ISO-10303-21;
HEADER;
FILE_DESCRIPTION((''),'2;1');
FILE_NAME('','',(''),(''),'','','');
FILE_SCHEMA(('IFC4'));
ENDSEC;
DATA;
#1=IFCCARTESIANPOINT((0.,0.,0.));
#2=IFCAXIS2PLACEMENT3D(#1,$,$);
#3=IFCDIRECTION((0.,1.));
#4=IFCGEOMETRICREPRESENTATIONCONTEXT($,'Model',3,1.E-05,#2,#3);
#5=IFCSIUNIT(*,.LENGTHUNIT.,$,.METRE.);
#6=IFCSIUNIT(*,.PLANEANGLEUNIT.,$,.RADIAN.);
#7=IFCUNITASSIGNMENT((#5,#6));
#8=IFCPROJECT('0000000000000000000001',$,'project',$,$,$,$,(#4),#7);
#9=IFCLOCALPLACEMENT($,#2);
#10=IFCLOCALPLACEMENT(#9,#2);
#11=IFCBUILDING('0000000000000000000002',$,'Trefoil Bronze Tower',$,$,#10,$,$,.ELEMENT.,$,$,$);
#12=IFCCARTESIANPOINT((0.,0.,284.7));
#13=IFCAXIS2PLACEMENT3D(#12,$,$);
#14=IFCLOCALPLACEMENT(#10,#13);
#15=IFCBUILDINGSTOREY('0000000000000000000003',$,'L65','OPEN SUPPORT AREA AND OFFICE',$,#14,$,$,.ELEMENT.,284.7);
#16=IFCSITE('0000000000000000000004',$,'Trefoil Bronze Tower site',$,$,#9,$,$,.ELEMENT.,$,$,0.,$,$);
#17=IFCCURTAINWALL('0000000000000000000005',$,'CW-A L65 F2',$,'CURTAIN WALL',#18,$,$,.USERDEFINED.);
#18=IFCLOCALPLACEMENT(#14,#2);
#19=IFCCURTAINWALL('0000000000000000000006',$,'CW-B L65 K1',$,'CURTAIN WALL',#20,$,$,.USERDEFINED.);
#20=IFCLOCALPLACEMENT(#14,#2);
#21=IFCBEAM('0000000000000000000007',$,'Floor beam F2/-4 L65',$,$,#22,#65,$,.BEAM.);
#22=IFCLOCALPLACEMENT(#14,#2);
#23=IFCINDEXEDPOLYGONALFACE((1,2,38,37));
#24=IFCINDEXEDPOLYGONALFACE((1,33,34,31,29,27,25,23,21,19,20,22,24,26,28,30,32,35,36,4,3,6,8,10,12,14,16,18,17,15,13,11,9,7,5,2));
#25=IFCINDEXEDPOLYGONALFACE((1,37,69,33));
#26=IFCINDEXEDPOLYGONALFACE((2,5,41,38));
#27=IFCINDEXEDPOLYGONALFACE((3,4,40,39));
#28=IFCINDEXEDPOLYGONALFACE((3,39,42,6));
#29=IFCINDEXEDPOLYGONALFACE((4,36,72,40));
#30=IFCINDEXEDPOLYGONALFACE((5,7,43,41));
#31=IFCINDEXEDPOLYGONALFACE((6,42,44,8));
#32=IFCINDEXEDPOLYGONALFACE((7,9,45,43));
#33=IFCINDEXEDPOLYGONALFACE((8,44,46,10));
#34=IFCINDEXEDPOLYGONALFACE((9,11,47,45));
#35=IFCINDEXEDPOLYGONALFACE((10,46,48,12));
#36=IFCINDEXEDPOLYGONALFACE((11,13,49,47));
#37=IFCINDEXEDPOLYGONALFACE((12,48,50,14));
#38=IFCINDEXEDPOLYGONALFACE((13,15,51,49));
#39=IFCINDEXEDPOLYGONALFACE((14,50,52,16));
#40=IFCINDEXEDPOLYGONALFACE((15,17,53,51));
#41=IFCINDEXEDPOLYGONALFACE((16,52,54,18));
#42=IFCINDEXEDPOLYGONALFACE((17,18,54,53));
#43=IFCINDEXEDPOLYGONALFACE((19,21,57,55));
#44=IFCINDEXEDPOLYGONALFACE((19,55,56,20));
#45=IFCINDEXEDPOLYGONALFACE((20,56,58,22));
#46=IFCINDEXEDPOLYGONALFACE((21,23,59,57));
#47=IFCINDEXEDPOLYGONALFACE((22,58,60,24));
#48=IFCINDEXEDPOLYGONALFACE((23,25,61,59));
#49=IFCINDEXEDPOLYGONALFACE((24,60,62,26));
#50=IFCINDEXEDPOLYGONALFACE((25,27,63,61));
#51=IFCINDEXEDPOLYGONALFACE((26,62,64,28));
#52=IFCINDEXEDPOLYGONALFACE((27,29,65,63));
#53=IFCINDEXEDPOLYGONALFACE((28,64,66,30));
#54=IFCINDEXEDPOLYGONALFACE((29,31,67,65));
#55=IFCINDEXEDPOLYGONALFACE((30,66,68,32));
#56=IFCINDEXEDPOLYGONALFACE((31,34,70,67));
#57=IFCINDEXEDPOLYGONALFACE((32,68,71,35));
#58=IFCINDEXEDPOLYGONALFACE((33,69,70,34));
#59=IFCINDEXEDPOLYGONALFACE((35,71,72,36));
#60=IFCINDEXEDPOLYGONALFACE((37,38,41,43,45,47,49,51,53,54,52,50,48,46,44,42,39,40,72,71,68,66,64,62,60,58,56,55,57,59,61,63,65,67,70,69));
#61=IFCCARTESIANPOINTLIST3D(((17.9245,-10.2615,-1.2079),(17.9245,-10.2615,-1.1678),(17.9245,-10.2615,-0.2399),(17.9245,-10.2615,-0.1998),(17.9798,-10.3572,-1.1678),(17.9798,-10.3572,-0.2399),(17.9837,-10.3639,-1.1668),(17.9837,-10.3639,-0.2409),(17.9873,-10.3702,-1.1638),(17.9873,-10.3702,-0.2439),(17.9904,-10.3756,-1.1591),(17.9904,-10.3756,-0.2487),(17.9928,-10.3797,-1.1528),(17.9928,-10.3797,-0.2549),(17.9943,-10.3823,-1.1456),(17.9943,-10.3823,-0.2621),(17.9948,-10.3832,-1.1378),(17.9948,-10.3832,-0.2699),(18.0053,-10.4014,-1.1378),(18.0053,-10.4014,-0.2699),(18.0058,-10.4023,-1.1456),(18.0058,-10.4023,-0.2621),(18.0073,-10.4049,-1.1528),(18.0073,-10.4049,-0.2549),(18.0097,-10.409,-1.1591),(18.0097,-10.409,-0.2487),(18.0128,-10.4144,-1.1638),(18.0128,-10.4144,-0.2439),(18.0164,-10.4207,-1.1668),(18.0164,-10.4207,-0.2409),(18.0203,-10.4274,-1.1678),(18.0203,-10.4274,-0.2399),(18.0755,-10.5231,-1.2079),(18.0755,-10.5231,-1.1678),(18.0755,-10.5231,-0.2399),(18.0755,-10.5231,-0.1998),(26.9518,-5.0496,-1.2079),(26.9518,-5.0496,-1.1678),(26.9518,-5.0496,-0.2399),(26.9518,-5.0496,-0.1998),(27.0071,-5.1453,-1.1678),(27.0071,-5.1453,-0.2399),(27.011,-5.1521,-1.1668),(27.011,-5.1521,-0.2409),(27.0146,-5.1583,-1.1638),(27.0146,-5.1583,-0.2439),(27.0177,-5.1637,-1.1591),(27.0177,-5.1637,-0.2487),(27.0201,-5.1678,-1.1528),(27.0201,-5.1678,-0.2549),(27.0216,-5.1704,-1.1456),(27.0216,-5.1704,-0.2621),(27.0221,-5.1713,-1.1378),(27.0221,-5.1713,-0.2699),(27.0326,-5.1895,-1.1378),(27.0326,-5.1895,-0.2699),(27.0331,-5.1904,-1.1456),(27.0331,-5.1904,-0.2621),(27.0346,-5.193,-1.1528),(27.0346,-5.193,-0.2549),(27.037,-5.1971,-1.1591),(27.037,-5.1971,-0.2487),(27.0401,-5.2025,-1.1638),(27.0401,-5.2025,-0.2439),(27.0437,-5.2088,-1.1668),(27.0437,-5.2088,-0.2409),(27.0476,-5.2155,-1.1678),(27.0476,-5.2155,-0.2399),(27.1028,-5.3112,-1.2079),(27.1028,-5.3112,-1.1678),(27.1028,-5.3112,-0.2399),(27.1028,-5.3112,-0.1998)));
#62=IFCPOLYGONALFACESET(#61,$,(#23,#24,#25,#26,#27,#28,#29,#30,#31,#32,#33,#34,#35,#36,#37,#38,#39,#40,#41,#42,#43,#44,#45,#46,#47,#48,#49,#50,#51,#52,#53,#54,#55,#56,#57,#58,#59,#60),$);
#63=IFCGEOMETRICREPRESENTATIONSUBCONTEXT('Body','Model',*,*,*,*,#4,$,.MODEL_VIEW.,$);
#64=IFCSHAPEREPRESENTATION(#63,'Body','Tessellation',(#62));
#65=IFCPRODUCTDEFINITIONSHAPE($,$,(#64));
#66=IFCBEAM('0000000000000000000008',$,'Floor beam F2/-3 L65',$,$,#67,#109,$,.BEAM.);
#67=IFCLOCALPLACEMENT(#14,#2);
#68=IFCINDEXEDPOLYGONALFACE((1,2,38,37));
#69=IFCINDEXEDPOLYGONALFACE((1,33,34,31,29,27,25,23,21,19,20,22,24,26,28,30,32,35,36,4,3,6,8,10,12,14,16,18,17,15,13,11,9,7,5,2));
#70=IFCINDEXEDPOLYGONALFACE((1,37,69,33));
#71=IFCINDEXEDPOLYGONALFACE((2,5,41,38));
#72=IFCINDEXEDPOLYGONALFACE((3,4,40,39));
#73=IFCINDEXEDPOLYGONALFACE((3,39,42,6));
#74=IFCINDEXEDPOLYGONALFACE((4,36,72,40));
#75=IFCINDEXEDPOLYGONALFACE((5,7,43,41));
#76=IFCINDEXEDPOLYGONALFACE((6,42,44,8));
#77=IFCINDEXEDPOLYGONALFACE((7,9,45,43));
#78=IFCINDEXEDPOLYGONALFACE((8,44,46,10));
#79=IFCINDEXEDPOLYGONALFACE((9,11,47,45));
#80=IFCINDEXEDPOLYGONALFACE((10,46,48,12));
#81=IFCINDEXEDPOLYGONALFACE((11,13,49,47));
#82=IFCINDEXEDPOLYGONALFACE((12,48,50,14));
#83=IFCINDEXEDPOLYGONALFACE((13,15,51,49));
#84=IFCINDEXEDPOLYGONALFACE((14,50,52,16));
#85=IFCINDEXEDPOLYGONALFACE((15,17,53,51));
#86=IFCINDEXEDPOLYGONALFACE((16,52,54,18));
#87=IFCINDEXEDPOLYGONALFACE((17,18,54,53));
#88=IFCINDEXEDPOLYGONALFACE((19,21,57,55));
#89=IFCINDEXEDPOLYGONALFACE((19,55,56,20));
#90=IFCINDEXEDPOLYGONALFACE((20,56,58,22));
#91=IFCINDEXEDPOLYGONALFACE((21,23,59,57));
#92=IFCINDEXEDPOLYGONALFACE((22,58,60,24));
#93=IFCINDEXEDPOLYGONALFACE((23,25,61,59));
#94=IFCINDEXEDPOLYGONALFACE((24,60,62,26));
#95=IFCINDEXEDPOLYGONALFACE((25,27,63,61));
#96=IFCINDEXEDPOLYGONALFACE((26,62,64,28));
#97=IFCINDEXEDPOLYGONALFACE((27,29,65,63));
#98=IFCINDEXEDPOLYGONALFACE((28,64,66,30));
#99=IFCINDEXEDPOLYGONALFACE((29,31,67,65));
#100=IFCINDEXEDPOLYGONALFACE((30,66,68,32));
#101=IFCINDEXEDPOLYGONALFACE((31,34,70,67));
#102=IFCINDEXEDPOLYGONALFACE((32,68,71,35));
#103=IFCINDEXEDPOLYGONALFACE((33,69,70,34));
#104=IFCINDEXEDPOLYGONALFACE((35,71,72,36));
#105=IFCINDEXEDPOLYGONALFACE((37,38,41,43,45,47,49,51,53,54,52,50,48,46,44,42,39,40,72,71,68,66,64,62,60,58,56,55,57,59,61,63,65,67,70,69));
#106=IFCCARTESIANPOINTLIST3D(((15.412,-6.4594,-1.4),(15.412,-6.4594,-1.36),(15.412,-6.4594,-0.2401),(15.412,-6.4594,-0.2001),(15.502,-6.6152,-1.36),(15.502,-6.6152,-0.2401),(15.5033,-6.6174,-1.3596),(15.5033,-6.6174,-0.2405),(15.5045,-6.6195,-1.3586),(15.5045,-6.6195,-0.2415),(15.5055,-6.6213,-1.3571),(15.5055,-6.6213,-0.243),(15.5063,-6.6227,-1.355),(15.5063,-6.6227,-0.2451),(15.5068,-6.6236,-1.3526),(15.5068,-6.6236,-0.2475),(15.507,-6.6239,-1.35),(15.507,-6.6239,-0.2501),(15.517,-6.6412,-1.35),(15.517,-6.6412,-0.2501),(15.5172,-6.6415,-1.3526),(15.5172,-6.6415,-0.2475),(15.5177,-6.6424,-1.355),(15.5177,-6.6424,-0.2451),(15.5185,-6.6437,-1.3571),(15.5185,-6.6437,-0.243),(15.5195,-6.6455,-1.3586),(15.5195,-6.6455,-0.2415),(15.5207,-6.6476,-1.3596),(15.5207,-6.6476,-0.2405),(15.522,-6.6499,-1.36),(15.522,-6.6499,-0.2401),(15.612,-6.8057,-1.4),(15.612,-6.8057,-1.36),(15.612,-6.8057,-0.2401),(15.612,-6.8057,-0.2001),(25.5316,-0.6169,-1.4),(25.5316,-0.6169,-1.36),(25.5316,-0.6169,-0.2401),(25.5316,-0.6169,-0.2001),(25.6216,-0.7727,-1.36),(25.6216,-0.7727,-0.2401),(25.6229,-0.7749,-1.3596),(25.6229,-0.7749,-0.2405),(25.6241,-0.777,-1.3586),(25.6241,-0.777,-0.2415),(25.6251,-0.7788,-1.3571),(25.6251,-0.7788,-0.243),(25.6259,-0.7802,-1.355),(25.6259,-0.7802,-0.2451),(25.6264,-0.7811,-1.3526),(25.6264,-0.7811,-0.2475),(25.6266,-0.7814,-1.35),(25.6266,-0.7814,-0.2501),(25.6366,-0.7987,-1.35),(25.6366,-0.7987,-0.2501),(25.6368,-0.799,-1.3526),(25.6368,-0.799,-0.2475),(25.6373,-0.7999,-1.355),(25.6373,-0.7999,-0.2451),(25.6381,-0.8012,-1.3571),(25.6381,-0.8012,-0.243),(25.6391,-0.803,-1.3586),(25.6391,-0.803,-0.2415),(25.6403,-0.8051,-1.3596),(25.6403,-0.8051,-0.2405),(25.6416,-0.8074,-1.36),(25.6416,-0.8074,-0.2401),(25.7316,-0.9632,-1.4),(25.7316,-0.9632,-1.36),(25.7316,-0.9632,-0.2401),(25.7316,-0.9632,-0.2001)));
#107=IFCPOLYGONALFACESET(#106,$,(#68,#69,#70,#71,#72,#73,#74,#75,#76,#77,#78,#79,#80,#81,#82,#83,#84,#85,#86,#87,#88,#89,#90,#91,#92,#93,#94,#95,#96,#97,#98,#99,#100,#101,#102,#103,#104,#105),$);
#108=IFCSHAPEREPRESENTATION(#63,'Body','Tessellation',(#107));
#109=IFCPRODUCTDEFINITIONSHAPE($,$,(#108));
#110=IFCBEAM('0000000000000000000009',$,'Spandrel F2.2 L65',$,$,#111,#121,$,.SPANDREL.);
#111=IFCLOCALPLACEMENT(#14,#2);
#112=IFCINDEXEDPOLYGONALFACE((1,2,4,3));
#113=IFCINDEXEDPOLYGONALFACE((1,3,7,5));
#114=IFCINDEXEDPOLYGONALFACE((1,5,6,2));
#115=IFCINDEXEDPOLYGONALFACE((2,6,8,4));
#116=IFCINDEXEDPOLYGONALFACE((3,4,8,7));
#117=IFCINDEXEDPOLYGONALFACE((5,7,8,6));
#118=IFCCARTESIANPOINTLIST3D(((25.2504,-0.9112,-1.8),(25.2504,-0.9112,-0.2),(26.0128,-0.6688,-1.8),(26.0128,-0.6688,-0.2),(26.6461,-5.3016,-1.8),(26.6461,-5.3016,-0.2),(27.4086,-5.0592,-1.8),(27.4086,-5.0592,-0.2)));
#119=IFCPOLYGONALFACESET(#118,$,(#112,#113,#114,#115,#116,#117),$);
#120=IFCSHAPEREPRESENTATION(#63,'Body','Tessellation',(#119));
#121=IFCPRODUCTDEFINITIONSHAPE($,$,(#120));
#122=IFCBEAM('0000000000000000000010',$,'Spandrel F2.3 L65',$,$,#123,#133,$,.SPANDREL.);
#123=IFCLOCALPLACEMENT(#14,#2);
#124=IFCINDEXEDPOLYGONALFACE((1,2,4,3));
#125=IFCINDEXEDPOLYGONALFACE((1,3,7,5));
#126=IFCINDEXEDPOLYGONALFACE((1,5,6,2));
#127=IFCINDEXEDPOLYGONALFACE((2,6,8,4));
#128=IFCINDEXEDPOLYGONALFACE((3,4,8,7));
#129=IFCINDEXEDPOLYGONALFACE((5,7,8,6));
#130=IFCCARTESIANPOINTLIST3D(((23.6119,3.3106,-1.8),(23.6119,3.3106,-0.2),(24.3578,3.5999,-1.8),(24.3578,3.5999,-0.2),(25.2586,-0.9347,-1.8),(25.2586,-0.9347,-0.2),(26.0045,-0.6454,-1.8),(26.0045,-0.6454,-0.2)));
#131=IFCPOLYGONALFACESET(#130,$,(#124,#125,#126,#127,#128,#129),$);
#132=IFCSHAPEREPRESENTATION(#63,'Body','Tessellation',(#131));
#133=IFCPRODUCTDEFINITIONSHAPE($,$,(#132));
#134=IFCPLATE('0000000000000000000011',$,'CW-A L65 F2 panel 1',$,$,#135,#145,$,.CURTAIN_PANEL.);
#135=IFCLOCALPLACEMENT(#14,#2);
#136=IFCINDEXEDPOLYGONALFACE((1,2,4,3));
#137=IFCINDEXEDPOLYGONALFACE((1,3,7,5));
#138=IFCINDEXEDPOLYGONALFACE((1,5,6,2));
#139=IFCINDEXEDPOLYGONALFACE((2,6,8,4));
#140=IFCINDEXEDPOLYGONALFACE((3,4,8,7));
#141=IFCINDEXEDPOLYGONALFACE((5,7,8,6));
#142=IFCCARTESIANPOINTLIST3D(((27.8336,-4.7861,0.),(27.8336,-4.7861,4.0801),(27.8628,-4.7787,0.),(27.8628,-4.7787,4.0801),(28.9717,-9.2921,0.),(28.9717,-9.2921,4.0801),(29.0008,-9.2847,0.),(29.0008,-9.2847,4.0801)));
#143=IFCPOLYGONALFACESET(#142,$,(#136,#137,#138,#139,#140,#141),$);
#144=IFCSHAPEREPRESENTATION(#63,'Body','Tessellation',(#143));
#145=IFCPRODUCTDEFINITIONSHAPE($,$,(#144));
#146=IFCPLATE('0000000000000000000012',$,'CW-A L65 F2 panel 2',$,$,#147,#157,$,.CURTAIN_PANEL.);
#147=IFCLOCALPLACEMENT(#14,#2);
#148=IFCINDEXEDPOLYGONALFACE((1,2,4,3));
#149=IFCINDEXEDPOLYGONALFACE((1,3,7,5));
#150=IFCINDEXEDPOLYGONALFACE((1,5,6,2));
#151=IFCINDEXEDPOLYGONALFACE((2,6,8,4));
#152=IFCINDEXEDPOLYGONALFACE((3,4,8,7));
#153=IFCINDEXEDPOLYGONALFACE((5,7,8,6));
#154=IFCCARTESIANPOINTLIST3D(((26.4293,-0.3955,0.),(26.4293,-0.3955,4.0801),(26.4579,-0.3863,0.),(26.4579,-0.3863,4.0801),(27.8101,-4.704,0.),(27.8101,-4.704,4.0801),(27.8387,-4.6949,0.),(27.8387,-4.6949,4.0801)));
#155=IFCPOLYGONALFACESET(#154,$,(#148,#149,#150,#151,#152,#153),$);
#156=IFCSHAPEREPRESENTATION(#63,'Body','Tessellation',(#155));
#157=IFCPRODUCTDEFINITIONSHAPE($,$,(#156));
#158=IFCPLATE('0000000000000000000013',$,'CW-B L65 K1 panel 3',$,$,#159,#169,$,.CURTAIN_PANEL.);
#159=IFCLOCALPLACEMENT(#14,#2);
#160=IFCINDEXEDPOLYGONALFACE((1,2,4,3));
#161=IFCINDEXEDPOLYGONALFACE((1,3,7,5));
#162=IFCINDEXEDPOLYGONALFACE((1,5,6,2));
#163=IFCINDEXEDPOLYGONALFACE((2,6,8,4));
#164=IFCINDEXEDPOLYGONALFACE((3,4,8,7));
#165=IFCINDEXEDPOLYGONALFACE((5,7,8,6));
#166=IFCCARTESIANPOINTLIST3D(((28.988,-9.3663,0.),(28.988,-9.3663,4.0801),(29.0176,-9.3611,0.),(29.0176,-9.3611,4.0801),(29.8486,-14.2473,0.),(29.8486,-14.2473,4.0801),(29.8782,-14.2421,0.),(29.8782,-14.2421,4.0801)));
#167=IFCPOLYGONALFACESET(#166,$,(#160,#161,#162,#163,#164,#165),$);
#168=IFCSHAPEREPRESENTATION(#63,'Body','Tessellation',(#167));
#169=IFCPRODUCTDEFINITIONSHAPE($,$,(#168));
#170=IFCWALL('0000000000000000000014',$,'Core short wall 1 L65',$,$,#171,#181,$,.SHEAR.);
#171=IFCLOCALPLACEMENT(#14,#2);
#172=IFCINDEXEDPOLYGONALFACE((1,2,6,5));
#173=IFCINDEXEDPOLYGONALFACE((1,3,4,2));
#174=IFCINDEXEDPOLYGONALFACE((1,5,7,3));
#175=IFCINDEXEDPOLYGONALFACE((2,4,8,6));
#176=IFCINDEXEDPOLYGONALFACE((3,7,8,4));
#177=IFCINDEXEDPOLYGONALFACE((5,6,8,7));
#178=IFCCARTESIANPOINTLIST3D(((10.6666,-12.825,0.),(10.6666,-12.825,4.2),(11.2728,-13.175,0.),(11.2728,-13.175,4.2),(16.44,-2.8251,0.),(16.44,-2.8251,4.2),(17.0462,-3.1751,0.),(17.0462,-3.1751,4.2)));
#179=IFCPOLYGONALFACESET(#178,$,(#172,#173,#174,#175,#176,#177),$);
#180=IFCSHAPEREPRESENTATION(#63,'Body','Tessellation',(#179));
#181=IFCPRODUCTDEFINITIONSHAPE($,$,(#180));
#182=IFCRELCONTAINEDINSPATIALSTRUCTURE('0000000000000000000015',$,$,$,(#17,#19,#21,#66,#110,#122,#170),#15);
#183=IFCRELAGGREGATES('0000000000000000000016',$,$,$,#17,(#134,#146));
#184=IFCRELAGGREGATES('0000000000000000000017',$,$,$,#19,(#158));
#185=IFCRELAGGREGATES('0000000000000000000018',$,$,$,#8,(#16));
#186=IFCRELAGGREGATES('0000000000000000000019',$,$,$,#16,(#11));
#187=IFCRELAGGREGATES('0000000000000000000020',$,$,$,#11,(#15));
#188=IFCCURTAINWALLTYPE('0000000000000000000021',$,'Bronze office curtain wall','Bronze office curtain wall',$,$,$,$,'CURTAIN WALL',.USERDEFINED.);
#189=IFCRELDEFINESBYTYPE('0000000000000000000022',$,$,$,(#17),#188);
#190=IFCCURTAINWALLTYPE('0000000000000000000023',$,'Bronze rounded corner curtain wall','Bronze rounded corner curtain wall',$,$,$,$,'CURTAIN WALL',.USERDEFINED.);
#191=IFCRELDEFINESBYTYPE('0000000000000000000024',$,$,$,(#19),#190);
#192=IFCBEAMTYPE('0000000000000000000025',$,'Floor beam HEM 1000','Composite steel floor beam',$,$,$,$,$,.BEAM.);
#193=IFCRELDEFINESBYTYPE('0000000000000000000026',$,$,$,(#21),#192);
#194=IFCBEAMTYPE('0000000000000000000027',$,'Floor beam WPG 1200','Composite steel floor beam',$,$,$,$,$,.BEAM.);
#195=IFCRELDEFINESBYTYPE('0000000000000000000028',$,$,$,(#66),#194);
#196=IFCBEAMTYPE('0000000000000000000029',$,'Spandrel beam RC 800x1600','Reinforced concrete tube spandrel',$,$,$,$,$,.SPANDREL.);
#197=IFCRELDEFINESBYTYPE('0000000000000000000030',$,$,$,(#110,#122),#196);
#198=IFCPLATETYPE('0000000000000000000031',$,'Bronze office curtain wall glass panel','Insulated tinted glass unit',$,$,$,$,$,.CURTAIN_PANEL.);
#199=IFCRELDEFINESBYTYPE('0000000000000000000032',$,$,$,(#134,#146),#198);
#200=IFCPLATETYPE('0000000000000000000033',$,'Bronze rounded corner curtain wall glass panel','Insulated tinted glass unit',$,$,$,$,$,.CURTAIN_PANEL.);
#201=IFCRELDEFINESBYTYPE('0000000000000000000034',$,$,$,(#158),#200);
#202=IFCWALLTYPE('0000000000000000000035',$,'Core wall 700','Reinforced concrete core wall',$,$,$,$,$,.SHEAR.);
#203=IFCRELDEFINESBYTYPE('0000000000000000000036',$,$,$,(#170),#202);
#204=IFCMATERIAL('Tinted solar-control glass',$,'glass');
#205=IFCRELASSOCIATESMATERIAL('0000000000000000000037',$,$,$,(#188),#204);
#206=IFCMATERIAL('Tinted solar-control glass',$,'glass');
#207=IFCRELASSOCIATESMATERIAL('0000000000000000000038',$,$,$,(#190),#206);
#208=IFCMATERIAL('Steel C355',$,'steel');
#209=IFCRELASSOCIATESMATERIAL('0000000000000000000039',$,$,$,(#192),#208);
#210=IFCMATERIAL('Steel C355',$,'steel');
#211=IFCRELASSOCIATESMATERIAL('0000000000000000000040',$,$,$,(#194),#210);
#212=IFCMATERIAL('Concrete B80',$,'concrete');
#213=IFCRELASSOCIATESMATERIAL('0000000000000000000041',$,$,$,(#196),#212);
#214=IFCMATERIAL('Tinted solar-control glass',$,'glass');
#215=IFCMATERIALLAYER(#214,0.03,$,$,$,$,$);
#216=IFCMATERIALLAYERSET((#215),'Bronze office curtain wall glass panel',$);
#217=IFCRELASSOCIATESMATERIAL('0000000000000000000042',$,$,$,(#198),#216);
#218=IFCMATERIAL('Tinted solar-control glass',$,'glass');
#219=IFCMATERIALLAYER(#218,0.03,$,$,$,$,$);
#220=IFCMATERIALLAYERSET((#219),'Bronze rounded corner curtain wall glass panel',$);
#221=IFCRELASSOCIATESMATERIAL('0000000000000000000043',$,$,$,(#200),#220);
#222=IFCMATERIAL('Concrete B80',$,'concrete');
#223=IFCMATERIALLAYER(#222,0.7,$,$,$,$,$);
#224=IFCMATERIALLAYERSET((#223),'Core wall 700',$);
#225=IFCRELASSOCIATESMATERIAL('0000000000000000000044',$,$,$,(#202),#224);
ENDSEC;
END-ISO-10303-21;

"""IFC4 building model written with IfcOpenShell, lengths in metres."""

from ifc_helpers import new_model, si_unit, direction, frame, frame_2d, origin, origin_2d, place, context, subcontext, project, spatial, rectangle, i_section, extrude, material, layer, layer_set, material_profile, profile_set, type_object, element, aggregate, save


model = new_model("IFC4")

# Units and contexts
model_context = context("Model", 3, precision=1e-05, world=origin(), true_north=direction((0.0, 1.0)))
body_context = subcontext(model_context, "Body", "Model", "MODEL_VIEW")
ifc_project = project(units=[si_unit("LENGTHUNIT", "METRE"), si_unit("PLANEANGLEUNIT", "RADIAN")], contexts=[model_context])

# Site, building, storey
site_placement = place(None, origin())
site = spatial("IfcSite", under=ifc_project, at=site_placement, Name="Trefoil Bronze Tower site", CompositionType="ELEMENT", RefElevation=0.0)
building_placement = place(site_placement, origin())
building = spatial("IfcBuilding", under=site, at=building_placement, Name="Trefoil Bronze Tower", CompositionType="ELEMENT")
storey_placement = place(building_placement, frame((0.0, 0.0, 284.7)))
storey = spatial("IfcBuildingStorey", under=building, at=storey_placement, Name="L65", Description="OPEN SUPPORT AREA AND OFFICE", CompositionType="ELEMENT", Elevation=284.7)

# Curtain walls
ifc_material_1 = material(Name="Tinted solar-control glass", Category="glass")
curtain_wall_type_1 = type_object("IfcCurtainWallType", Name="Bronze office curtain wall", Description="Bronze office curtain wall", ElementType="CURTAIN WALL", PredefinedType="USERDEFINED", material=ifc_material_1)
curtain_wall_1_placement = place(storey_placement, origin())
curtain_wall_1 = element("IfcCurtainWall", 1, at=curtain_wall_1_placement, inside=storey, type_object=curtain_wall_type_1, Name="CW-A L65 F2", ObjectType="CURTAIN WALL", PredefinedType="USERDEFINED")
ifc_material_2 = material(Name="Tinted solar-control glass", Category="glass")
curtain_wall_type_2 = type_object("IfcCurtainWallType", Name="Bronze rounded corner curtain wall", Description="Bronze rounded corner curtain wall", ElementType="CURTAIN WALL", PredefinedType="USERDEFINED", material=ifc_material_2)
curtain_wall_2_placement = place(storey_placement, origin())
curtain_wall_2 = element("IfcCurtainWall", 2, at=curtain_wall_2_placement, inside=storey, type_object=curtain_wall_type_2, Name="CW-B L65 K1", ObjectType="CURTAIN WALL", PredefinedType="USERDEFINED")

# Beams
ifc_material_3 = material(Name="Steel C355", Category="steel")
ifc_material_profile_1 = material_profile(ifc_material_3, i_section(OverallWidth=0.302, OverallDepth=1.0081, WebThickness=0.021, FlangeThickness=0.04, FilletRadius=0.03, at=origin_2d()), Name="HEM 1000")
ifc_profile_set_1 = profile_set([ifc_material_profile_1], Name="Steel C355")
beam_type_1 = type_object("IfcBeamType", Name="Floor beam HEM 1000", Description="Composite steel floor beam", PredefinedType="BEAM", material=ifc_profile_set_1)
beam_1_placement = place(storey_placement, frame((27.0273, -5.1804, -0.7039), z_axis=(-0.866026, -0.499998, 0.0), x_axis=(0.499998, -0.866026, 0.0)))
element("IfcBeam", 3, at=beam_1_placement, inside=storey, type_object=beam_type_1, Name="Floor beam F2/-4 L65", PredefinedType="BEAM", context=body_context, shape_type="SweptSolid", body=[
    extrude(i_section(OverallWidth=0.302, OverallDepth=1.0081, WebThickness=0.021, FlangeThickness=0.04, FilletRadius=0.03, at=origin_2d()), origin(), (0.0, 0.0, 1.0), 10.4238),
])
ifc_material_4 = material(Name="Steel C355", Category="steel")
ifc_material_profile_2 = material_profile(ifc_material_4, i_section(OverallWidth=0.3999, OverallDepth=1.2, WebThickness=0.02, FlangeThickness=0.04, FilletRadius=0.01, at=origin_2d()), Name="WPG 1200")
ifc_profile_set_2 = profile_set([ifc_material_profile_2], Name="Steel C355")
beam_type_2 = type_object("IfcBeamType", Name="Floor beam WPG 1200", Description="Composite steel floor beam", PredefinedType="BEAM", material=ifc_profile_set_2)
beam_2_placement = place(storey_placement, frame((25.6316, -0.79, -0.8), z_axis=(-0.866027, -0.499997, 0.0), x_axis=(0.499997, -0.866027, 0.0)))
element("IfcBeam", 4, at=beam_2_placement, inside=storey, type_object=beam_type_2, Name="Floor beam F2/-3 L65", PredefinedType="BEAM", context=body_context, shape_type="SweptSolid", body=[
    extrude(i_section(OverallWidth=0.3999, OverallDepth=1.2, WebThickness=0.02, FlangeThickness=0.04, FilletRadius=0.01, at=origin_2d()), origin(), (0.0, 0.0, 1.0), 11.6851),
])
ifc_material_5 = material(Name="Concrete B80", Category="concrete")
ifc_material_profile_3 = material_profile(ifc_material_5, rectangle(XDim=0.8, YDim=1.6001, at=origin_2d()), Name="RC 800x1600")
ifc_profile_set_3 = profile_set([ifc_material_profile_3], Name="Concrete B80")
beam_type_3 = type_object("IfcBeamType", Name="Spandrel beam RC 800x1600", Description="Reinforced concrete tube spandrel", PredefinedType="SPANDREL", material=ifc_profile_set_3)
beam_3_placement = place(storey_placement, frame((27.0273, -5.1804, -1.0), z_axis=(-0.30297, 0.953, 0.0), x_axis=(-0.953, -0.30297, 0.0)))
element("IfcBeam", 5, at=beam_3_placement, inside=storey, type_object=beam_type_3, Name="Spandrel F2.2 L65", PredefinedType="SPANDREL", context=body_context, shape_type="SweptSolid", body=[
    extrude(rectangle(XDim=0.8, YDim=1.6001, at=origin_2d()), origin(), (0.0, 0.0, 1.0), 4.6069),
])
beam_4_placement = place(storey_placement, frame((25.6316, -0.79, -1.0), z_axis=(-0.361636, 0.932319, 0.0), x_axis=(-0.932319, -0.361636, 0.0)))
element("IfcBeam", 6, at=beam_4_placement, inside=storey, type_object=beam_type_3, Name="Spandrel F2.3 L65", PredefinedType="SPANDREL", context=body_context, shape_type="SweptSolid", body=[
    extrude(rectangle(XDim=0.8, YDim=1.6001, at=origin_2d()), origin(), (0.0, 0.0, 1.0), 4.5535),
])

# Plates
ifc_material_6 = material(Name="Tinted solar-control glass", Category="glass")
ifc_layer_1 = layer(ifc_material_6, 0.03)
ifc_layer_set_1 = layer_set([ifc_layer_1], Name="Bronze office curtain wall glass panel")
plate_type_1 = type_object("IfcPlateType", Name="Bronze office curtain wall glass panel", Description="Insulated tinted glass unit", PredefinedType="CURTAIN_PANEL", material=ifc_layer_set_1)
plate_1_placement = place(storey_placement, frame((28.4172, -7.0354, 0.0), z_axis=(0.0, 0.0, 1.0), x_axis=(-0.24488, 0.969554, 0.0)))
plate_1 = element("IfcPlate", 7, at=plate_1_placement, type_object=plate_type_1, Name="CW-A L65 F2 panel 1", PredefinedType="CURTAIN_PANEL", context=body_context, shape_type="SweptSolid", body=[
    extrude(rectangle(XDim=4.6475, YDim=0.03, at=origin_2d()), origin(), (0.0, 0.0, 1.0), 4.0801),
])
plate_2_placement = place(storey_placement, frame((27.134, -2.5452, 0.0), z_axis=(0.0, 0.0, 1.0), x_axis=(-0.305188, 0.952292, 0.0)))
plate_2 = element("IfcPlate", 8, at=plate_2_placement, type_object=plate_type_1, Name="CW-A L65 F2 panel 2", PredefinedType="CURTAIN_PANEL", context=body_context, shape_type="SweptSolid", body=[
    extrude(rectangle(XDim=4.5244, YDim=0.03, at=origin_2d()), origin(), (0.0, 0.0, 1.0), 4.0801),
])
aggregate(curtain_wall_1, [plate_1, plate_2])
ifc_material_7 = material(Name="Tinted solar-control glass", Category="glass")
ifc_layer_2 = layer(ifc_material_7, 0.03)
ifc_layer_set_2 = layer_set([ifc_layer_2], Name="Bronze rounded corner curtain wall glass panel")
plate_type_2 = type_object("IfcPlateType", Name="Bronze rounded corner curtain wall glass panel", Description="Insulated tinted glass unit", PredefinedType="CURTAIN_PANEL", material=ifc_layer_set_2)
plate_3_placement = place(storey_placement, frame((29.4331, -11.8042, 0.0), z_axis=(0.0, 0.0, 1.0), x_axis=(-0.173648, 0.984808, 0.0)))
plate_3 = element("IfcPlate", 9, at=plate_3_placement, type_object=plate_type_2, Name="CW-B L65 K1 panel 3", PredefinedType="CURTAIN_PANEL", context=body_context, shape_type="SweptSolid", body=[
    extrude(rectangle(XDim=4.9563, YDim=0.03, at=origin_2d()), origin(), (0.0, 0.0, 1.0), 4.0801),
])
aggregate(curtain_wall_2, [plate_3])

# Wall
ifc_material_8 = material(Name="Concrete B80", Category="concrete")
ifc_layer_3 = layer(ifc_material_8, 0.7)
ifc_layer_set_3 = layer_set([ifc_layer_3], Name="Core wall 700")
wall_type_1 = type_object("IfcWallType", Name="Core wall 700", Description="Reinforced concrete core wall", PredefinedType="SHEAR", material=ifc_layer_set_3)
wall_1_placement = place(storey_placement, frame((10.9697, -13.0, 0.0), z_axis=(0.0, 0.0, 1.0), x_axis=(0.499996, 0.866028, 0.0)))
element("IfcWall", 10, at=wall_1_placement, inside=storey, type_object=wall_type_1, Name="Core short wall 1 L65", PredefinedType="SHEAR", context=body_context, shape_type="SweptSolid", body=[
    extrude(rectangle(XDim=11.5469, YDim=0.7, at=frame_2d((5.7734, 0.0))), origin(), (0.0, 0.0, 1.0), 4.2),
])

save(model, "model.ifc")
